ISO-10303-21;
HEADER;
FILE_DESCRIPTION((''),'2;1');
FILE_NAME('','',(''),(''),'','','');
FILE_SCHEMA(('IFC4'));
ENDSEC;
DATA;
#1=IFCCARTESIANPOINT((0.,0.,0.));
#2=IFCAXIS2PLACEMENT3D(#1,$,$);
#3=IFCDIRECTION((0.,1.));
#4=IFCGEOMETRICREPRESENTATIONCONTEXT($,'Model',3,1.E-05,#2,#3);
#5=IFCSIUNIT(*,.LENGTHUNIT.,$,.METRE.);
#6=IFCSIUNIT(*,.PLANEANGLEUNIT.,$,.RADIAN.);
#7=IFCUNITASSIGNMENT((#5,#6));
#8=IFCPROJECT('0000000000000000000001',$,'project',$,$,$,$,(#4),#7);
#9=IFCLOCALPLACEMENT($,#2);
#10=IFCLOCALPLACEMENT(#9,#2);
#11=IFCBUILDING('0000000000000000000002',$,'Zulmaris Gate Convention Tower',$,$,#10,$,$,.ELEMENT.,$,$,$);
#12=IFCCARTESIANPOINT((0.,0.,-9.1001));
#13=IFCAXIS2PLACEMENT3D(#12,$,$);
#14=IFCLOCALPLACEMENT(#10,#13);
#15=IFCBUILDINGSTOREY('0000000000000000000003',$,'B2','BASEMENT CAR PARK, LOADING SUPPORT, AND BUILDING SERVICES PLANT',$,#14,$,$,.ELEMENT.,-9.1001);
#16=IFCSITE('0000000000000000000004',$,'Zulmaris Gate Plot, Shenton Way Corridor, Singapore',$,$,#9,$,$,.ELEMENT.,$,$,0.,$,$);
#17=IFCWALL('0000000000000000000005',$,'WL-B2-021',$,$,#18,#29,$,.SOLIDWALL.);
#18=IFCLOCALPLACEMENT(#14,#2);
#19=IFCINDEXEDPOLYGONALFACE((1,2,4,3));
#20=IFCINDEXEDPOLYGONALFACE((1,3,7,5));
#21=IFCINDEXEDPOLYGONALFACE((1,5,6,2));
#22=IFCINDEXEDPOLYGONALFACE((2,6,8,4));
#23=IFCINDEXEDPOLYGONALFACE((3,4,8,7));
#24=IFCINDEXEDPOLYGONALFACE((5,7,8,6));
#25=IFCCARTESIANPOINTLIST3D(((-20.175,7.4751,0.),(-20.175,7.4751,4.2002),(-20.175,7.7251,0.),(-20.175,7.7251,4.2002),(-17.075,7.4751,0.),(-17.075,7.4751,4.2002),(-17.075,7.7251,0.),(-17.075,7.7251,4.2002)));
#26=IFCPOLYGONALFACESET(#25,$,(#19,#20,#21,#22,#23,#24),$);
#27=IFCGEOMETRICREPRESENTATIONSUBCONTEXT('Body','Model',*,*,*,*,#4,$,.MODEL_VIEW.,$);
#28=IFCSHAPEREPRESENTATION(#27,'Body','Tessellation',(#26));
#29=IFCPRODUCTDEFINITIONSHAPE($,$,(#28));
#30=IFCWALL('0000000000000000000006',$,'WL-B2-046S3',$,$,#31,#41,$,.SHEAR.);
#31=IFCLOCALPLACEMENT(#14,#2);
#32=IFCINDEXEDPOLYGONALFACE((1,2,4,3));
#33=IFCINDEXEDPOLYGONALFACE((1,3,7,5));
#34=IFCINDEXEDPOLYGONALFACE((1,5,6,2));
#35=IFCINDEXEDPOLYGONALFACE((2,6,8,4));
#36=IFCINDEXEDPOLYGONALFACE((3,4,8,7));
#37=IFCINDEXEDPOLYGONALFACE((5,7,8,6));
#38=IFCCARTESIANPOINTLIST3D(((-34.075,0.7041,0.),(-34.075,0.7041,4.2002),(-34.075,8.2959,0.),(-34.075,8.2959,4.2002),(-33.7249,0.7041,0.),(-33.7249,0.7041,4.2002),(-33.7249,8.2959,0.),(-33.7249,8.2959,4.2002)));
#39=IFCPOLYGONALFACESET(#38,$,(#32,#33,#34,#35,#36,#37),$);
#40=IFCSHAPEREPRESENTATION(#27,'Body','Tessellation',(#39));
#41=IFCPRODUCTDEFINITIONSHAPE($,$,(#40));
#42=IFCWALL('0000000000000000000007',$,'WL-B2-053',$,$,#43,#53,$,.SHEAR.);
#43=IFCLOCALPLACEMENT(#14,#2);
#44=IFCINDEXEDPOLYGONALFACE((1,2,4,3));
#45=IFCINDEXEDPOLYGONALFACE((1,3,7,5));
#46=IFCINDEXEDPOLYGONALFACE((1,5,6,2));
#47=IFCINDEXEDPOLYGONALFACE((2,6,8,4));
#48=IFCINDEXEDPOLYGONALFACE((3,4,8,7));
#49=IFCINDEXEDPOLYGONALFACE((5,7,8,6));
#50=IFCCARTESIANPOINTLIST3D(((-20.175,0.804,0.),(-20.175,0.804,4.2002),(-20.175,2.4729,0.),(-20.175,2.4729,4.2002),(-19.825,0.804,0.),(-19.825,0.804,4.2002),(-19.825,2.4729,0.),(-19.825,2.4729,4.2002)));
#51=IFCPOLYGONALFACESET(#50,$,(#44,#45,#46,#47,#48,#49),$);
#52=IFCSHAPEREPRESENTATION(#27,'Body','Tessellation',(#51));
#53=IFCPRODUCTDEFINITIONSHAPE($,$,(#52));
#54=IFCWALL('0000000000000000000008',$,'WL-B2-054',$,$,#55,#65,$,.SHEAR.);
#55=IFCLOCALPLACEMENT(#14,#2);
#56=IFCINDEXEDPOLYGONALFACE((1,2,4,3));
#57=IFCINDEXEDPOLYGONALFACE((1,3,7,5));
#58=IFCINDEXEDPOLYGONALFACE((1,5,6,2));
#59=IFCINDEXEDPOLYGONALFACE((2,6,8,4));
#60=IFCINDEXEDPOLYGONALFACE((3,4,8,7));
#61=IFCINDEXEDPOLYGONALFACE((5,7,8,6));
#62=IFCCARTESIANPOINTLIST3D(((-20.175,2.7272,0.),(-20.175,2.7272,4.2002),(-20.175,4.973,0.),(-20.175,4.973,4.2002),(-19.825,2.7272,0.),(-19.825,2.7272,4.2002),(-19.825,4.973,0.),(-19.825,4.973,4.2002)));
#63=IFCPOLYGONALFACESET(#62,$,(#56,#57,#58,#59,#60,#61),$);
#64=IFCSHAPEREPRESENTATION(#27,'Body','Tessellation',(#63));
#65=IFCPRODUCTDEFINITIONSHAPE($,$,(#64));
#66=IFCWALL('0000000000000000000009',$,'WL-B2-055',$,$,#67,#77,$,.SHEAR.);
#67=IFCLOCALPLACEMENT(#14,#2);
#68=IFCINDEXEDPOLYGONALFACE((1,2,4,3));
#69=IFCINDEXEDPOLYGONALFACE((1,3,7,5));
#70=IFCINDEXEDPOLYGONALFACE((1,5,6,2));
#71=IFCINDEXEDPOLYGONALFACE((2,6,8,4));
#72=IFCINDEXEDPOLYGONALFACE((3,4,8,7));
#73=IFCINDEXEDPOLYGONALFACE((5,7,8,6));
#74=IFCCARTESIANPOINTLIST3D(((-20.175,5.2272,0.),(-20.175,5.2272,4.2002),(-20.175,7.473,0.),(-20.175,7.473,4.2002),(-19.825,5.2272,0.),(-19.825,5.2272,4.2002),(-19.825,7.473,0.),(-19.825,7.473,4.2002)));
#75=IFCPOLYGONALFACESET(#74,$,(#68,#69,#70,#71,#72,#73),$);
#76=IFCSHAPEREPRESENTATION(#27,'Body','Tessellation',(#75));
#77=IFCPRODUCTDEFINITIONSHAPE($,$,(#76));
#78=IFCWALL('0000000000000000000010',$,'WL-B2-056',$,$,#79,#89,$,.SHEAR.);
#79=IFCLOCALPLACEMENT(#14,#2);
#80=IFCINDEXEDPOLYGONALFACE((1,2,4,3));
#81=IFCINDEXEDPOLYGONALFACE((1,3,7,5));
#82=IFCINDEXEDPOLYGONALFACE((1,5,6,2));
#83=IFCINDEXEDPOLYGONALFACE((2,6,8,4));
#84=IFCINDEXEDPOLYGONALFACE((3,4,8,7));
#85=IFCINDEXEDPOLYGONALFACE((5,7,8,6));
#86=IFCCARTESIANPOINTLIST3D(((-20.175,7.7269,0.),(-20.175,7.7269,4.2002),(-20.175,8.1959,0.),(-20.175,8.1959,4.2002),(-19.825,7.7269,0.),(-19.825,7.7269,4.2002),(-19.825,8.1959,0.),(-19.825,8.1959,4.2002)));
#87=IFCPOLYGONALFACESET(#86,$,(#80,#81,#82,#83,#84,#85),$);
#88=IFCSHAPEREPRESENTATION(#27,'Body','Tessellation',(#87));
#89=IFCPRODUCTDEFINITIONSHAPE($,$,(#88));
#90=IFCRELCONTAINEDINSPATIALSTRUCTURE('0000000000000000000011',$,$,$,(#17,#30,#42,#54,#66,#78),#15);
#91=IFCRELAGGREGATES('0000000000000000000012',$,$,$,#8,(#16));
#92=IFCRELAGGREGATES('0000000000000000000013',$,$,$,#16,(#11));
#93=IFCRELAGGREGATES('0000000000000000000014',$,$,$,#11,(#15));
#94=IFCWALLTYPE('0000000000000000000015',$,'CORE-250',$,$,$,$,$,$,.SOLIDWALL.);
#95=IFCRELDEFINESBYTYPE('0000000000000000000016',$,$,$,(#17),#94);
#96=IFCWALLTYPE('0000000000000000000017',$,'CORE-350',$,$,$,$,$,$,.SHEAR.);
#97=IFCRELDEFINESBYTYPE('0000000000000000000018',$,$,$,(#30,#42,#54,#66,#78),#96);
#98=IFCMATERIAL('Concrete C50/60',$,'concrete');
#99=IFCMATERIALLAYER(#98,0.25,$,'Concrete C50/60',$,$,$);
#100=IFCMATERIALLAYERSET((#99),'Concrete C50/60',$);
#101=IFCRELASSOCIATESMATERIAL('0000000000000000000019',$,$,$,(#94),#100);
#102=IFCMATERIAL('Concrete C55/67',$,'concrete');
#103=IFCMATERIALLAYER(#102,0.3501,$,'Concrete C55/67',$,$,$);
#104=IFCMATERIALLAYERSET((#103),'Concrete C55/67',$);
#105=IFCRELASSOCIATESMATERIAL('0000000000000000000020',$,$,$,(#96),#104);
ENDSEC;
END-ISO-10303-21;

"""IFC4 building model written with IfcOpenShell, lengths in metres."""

from ifc_helpers import new_model, si_unit, direction, frame, frame_2d, origin, place, context, subcontext, project, spatial, rectangle, extrude, material, layer, layer_set, type_object, element, save


model = new_model("IFC4")

# Units and contexts
model_context = context("Model", 3, precision=1e-05, world=origin(), true_north=direction((0.0, 1.0)))
body_context = subcontext(model_context, "Body", "Model", "MODEL_VIEW")
ifc_project = project(units=[si_unit("LENGTHUNIT", "METRE"), si_unit("PLANEANGLEUNIT", "RADIAN")], contexts=[model_context])

# Site, building, storey
site_placement = place(None, origin())
site = spatial("IfcSite", under=ifc_project, at=site_placement, Name="Zulmaris Gate Plot, Shenton Way Corridor, Singapore", CompositionType="ELEMENT", RefElevation=0.0)
building_placement = place(site_placement, origin())
building = spatial("IfcBuilding", under=site, at=building_placement, Name="Zulmaris Gate Convention Tower", CompositionType="ELEMENT")
storey_placement = place(building_placement, frame((0.0, 0.0, -9.1001)))
storey = spatial("IfcBuildingStorey", under=building, at=storey_placement, Name="B2", Description="BASEMENT CAR PARK, LOADING SUPPORT, AND BUILDING SERVICES PLANT", CompositionType="ELEMENT", Elevation=-9.1001)

# Shared definitions
ifc_material_1 = material(Name="Concrete C50/60", Category="concrete")

# Walls
ifc_layer_1 = layer(ifc_material_1, 0.25, Name="Concrete C50/60")
ifc_layer_set_1 = layer_set([ifc_layer_1], Name="Concrete C50/60")
wall_type_1 = type_object("IfcWallType", Name="CORE-250", PredefinedType="SOLIDWALL", material=ifc_layer_set_1)
for number, where, z_axis, x_axis, name in (
    (1, (-20.175, 7.6001, 0.0), (0.0, 0.0, 1.0), (1.0, 0.0, 0.0), "WL-B2-021"),
):
    element("IfcWall", number, at=place(storey_placement, frame(where, z_axis=z_axis, x_axis=x_axis)), inside=storey, type_object=wall_type_1, Name=name, PredefinedType="SOLIDWALL", context=body_context, shape_type="SweptSolid", body=[
        extrude(rectangle(XDim=3.1001, YDim=0.25, at=frame_2d((1.55, 0.0))), origin(), (0.0, 0.0, 1.0), 4.2002),
    ])
ifc_material_2 = material(Name="Concrete C55/67", Category="concrete")
ifc_layer_2 = layer(ifc_material_2, 0.3501, Name="Concrete C55/67")
ifc_layer_set_2 = layer_set([ifc_layer_2], Name="Concrete C55/67")
wall_type_2 = type_object("IfcWallType", Name="CORE-350", PredefinedType="SHEAR", material=ifc_layer_set_2)
wall_1_placement = place(storey_placement, frame((-33.8999, 0.7041, 0.0), z_axis=(0.0, 0.0, 1.0), x_axis=(0.0, 1.0, 0.0)))
element("IfcWall", 2, at=wall_1_placement, inside=storey, type_object=wall_type_2, Name="WL-B2-046S3", PredefinedType="SHEAR", context=body_context, shape_type="SweptSolid", body=[
    extrude(rectangle(XDim=7.5918, YDim=0.3501, at=frame_2d((3.7959, 0.0))), origin(), (0.0, 0.0, 1.0), 4.2002),
])
wall_2_placement = place(storey_placement, frame((-20.0, 0.804, 0.0), z_axis=(0.0, 0.0, 1.0), x_axis=(0.0, 1.0, 0.0)))
element("IfcWall", 3, at=wall_2_placement, inside=storey, type_object=wall_type_2, Name="WL-B2-053", PredefinedType="SHEAR", context=body_context, shape_type="SweptSolid", body=[
    extrude(rectangle(XDim=1.6689, YDim=0.3501, at=frame_2d((0.8345, 0.0))), origin(), (0.0, 0.0, 1.0), 4.2002),
])
for number, where, z_axis, x_axis, name in (
    (4, (-20.0, 2.7271, 0.0), (0.0, 0.0, 1.0), (0.0, 1.0, 0.0), "WL-B2-054"),
    (5, (-20.0, 5.2271, 0.0), (0.0, 0.0, 1.0), (0.0, 1.0, 0.0), "WL-B2-055"),
):
    element("IfcWall", number, at=place(storey_placement, frame(where, z_axis=z_axis, x_axis=x_axis)), inside=storey, type_object=wall_type_2, Name=name, PredefinedType="SHEAR", context=body_context, shape_type="SweptSolid", body=[
        extrude(rectangle(XDim=2.2458, YDim=0.3501, at=frame_2d((1.123, 0.0))), origin(), (0.0, 0.0, 1.0), 4.2002),
    ])
wall_3_placement = place(storey_placement, frame((-20.0, 7.7271, 0.0), z_axis=(0.0, 0.0, 1.0), x_axis=(0.0, 1.0, 0.0)))
element("IfcWall", 6, at=wall_3_placement, inside=storey, type_object=wall_type_2, Name="WL-B2-056", PredefinedType="SHEAR", context=body_context, shape_type="SweptSolid", body=[
    extrude(rectangle(XDim=0.469, YDim=0.3501, at=frame_2d((0.2344, 0.0))), origin(), (0.0, 0.0, 1.0), 4.2002),
])

save(model, "model.ifc")
